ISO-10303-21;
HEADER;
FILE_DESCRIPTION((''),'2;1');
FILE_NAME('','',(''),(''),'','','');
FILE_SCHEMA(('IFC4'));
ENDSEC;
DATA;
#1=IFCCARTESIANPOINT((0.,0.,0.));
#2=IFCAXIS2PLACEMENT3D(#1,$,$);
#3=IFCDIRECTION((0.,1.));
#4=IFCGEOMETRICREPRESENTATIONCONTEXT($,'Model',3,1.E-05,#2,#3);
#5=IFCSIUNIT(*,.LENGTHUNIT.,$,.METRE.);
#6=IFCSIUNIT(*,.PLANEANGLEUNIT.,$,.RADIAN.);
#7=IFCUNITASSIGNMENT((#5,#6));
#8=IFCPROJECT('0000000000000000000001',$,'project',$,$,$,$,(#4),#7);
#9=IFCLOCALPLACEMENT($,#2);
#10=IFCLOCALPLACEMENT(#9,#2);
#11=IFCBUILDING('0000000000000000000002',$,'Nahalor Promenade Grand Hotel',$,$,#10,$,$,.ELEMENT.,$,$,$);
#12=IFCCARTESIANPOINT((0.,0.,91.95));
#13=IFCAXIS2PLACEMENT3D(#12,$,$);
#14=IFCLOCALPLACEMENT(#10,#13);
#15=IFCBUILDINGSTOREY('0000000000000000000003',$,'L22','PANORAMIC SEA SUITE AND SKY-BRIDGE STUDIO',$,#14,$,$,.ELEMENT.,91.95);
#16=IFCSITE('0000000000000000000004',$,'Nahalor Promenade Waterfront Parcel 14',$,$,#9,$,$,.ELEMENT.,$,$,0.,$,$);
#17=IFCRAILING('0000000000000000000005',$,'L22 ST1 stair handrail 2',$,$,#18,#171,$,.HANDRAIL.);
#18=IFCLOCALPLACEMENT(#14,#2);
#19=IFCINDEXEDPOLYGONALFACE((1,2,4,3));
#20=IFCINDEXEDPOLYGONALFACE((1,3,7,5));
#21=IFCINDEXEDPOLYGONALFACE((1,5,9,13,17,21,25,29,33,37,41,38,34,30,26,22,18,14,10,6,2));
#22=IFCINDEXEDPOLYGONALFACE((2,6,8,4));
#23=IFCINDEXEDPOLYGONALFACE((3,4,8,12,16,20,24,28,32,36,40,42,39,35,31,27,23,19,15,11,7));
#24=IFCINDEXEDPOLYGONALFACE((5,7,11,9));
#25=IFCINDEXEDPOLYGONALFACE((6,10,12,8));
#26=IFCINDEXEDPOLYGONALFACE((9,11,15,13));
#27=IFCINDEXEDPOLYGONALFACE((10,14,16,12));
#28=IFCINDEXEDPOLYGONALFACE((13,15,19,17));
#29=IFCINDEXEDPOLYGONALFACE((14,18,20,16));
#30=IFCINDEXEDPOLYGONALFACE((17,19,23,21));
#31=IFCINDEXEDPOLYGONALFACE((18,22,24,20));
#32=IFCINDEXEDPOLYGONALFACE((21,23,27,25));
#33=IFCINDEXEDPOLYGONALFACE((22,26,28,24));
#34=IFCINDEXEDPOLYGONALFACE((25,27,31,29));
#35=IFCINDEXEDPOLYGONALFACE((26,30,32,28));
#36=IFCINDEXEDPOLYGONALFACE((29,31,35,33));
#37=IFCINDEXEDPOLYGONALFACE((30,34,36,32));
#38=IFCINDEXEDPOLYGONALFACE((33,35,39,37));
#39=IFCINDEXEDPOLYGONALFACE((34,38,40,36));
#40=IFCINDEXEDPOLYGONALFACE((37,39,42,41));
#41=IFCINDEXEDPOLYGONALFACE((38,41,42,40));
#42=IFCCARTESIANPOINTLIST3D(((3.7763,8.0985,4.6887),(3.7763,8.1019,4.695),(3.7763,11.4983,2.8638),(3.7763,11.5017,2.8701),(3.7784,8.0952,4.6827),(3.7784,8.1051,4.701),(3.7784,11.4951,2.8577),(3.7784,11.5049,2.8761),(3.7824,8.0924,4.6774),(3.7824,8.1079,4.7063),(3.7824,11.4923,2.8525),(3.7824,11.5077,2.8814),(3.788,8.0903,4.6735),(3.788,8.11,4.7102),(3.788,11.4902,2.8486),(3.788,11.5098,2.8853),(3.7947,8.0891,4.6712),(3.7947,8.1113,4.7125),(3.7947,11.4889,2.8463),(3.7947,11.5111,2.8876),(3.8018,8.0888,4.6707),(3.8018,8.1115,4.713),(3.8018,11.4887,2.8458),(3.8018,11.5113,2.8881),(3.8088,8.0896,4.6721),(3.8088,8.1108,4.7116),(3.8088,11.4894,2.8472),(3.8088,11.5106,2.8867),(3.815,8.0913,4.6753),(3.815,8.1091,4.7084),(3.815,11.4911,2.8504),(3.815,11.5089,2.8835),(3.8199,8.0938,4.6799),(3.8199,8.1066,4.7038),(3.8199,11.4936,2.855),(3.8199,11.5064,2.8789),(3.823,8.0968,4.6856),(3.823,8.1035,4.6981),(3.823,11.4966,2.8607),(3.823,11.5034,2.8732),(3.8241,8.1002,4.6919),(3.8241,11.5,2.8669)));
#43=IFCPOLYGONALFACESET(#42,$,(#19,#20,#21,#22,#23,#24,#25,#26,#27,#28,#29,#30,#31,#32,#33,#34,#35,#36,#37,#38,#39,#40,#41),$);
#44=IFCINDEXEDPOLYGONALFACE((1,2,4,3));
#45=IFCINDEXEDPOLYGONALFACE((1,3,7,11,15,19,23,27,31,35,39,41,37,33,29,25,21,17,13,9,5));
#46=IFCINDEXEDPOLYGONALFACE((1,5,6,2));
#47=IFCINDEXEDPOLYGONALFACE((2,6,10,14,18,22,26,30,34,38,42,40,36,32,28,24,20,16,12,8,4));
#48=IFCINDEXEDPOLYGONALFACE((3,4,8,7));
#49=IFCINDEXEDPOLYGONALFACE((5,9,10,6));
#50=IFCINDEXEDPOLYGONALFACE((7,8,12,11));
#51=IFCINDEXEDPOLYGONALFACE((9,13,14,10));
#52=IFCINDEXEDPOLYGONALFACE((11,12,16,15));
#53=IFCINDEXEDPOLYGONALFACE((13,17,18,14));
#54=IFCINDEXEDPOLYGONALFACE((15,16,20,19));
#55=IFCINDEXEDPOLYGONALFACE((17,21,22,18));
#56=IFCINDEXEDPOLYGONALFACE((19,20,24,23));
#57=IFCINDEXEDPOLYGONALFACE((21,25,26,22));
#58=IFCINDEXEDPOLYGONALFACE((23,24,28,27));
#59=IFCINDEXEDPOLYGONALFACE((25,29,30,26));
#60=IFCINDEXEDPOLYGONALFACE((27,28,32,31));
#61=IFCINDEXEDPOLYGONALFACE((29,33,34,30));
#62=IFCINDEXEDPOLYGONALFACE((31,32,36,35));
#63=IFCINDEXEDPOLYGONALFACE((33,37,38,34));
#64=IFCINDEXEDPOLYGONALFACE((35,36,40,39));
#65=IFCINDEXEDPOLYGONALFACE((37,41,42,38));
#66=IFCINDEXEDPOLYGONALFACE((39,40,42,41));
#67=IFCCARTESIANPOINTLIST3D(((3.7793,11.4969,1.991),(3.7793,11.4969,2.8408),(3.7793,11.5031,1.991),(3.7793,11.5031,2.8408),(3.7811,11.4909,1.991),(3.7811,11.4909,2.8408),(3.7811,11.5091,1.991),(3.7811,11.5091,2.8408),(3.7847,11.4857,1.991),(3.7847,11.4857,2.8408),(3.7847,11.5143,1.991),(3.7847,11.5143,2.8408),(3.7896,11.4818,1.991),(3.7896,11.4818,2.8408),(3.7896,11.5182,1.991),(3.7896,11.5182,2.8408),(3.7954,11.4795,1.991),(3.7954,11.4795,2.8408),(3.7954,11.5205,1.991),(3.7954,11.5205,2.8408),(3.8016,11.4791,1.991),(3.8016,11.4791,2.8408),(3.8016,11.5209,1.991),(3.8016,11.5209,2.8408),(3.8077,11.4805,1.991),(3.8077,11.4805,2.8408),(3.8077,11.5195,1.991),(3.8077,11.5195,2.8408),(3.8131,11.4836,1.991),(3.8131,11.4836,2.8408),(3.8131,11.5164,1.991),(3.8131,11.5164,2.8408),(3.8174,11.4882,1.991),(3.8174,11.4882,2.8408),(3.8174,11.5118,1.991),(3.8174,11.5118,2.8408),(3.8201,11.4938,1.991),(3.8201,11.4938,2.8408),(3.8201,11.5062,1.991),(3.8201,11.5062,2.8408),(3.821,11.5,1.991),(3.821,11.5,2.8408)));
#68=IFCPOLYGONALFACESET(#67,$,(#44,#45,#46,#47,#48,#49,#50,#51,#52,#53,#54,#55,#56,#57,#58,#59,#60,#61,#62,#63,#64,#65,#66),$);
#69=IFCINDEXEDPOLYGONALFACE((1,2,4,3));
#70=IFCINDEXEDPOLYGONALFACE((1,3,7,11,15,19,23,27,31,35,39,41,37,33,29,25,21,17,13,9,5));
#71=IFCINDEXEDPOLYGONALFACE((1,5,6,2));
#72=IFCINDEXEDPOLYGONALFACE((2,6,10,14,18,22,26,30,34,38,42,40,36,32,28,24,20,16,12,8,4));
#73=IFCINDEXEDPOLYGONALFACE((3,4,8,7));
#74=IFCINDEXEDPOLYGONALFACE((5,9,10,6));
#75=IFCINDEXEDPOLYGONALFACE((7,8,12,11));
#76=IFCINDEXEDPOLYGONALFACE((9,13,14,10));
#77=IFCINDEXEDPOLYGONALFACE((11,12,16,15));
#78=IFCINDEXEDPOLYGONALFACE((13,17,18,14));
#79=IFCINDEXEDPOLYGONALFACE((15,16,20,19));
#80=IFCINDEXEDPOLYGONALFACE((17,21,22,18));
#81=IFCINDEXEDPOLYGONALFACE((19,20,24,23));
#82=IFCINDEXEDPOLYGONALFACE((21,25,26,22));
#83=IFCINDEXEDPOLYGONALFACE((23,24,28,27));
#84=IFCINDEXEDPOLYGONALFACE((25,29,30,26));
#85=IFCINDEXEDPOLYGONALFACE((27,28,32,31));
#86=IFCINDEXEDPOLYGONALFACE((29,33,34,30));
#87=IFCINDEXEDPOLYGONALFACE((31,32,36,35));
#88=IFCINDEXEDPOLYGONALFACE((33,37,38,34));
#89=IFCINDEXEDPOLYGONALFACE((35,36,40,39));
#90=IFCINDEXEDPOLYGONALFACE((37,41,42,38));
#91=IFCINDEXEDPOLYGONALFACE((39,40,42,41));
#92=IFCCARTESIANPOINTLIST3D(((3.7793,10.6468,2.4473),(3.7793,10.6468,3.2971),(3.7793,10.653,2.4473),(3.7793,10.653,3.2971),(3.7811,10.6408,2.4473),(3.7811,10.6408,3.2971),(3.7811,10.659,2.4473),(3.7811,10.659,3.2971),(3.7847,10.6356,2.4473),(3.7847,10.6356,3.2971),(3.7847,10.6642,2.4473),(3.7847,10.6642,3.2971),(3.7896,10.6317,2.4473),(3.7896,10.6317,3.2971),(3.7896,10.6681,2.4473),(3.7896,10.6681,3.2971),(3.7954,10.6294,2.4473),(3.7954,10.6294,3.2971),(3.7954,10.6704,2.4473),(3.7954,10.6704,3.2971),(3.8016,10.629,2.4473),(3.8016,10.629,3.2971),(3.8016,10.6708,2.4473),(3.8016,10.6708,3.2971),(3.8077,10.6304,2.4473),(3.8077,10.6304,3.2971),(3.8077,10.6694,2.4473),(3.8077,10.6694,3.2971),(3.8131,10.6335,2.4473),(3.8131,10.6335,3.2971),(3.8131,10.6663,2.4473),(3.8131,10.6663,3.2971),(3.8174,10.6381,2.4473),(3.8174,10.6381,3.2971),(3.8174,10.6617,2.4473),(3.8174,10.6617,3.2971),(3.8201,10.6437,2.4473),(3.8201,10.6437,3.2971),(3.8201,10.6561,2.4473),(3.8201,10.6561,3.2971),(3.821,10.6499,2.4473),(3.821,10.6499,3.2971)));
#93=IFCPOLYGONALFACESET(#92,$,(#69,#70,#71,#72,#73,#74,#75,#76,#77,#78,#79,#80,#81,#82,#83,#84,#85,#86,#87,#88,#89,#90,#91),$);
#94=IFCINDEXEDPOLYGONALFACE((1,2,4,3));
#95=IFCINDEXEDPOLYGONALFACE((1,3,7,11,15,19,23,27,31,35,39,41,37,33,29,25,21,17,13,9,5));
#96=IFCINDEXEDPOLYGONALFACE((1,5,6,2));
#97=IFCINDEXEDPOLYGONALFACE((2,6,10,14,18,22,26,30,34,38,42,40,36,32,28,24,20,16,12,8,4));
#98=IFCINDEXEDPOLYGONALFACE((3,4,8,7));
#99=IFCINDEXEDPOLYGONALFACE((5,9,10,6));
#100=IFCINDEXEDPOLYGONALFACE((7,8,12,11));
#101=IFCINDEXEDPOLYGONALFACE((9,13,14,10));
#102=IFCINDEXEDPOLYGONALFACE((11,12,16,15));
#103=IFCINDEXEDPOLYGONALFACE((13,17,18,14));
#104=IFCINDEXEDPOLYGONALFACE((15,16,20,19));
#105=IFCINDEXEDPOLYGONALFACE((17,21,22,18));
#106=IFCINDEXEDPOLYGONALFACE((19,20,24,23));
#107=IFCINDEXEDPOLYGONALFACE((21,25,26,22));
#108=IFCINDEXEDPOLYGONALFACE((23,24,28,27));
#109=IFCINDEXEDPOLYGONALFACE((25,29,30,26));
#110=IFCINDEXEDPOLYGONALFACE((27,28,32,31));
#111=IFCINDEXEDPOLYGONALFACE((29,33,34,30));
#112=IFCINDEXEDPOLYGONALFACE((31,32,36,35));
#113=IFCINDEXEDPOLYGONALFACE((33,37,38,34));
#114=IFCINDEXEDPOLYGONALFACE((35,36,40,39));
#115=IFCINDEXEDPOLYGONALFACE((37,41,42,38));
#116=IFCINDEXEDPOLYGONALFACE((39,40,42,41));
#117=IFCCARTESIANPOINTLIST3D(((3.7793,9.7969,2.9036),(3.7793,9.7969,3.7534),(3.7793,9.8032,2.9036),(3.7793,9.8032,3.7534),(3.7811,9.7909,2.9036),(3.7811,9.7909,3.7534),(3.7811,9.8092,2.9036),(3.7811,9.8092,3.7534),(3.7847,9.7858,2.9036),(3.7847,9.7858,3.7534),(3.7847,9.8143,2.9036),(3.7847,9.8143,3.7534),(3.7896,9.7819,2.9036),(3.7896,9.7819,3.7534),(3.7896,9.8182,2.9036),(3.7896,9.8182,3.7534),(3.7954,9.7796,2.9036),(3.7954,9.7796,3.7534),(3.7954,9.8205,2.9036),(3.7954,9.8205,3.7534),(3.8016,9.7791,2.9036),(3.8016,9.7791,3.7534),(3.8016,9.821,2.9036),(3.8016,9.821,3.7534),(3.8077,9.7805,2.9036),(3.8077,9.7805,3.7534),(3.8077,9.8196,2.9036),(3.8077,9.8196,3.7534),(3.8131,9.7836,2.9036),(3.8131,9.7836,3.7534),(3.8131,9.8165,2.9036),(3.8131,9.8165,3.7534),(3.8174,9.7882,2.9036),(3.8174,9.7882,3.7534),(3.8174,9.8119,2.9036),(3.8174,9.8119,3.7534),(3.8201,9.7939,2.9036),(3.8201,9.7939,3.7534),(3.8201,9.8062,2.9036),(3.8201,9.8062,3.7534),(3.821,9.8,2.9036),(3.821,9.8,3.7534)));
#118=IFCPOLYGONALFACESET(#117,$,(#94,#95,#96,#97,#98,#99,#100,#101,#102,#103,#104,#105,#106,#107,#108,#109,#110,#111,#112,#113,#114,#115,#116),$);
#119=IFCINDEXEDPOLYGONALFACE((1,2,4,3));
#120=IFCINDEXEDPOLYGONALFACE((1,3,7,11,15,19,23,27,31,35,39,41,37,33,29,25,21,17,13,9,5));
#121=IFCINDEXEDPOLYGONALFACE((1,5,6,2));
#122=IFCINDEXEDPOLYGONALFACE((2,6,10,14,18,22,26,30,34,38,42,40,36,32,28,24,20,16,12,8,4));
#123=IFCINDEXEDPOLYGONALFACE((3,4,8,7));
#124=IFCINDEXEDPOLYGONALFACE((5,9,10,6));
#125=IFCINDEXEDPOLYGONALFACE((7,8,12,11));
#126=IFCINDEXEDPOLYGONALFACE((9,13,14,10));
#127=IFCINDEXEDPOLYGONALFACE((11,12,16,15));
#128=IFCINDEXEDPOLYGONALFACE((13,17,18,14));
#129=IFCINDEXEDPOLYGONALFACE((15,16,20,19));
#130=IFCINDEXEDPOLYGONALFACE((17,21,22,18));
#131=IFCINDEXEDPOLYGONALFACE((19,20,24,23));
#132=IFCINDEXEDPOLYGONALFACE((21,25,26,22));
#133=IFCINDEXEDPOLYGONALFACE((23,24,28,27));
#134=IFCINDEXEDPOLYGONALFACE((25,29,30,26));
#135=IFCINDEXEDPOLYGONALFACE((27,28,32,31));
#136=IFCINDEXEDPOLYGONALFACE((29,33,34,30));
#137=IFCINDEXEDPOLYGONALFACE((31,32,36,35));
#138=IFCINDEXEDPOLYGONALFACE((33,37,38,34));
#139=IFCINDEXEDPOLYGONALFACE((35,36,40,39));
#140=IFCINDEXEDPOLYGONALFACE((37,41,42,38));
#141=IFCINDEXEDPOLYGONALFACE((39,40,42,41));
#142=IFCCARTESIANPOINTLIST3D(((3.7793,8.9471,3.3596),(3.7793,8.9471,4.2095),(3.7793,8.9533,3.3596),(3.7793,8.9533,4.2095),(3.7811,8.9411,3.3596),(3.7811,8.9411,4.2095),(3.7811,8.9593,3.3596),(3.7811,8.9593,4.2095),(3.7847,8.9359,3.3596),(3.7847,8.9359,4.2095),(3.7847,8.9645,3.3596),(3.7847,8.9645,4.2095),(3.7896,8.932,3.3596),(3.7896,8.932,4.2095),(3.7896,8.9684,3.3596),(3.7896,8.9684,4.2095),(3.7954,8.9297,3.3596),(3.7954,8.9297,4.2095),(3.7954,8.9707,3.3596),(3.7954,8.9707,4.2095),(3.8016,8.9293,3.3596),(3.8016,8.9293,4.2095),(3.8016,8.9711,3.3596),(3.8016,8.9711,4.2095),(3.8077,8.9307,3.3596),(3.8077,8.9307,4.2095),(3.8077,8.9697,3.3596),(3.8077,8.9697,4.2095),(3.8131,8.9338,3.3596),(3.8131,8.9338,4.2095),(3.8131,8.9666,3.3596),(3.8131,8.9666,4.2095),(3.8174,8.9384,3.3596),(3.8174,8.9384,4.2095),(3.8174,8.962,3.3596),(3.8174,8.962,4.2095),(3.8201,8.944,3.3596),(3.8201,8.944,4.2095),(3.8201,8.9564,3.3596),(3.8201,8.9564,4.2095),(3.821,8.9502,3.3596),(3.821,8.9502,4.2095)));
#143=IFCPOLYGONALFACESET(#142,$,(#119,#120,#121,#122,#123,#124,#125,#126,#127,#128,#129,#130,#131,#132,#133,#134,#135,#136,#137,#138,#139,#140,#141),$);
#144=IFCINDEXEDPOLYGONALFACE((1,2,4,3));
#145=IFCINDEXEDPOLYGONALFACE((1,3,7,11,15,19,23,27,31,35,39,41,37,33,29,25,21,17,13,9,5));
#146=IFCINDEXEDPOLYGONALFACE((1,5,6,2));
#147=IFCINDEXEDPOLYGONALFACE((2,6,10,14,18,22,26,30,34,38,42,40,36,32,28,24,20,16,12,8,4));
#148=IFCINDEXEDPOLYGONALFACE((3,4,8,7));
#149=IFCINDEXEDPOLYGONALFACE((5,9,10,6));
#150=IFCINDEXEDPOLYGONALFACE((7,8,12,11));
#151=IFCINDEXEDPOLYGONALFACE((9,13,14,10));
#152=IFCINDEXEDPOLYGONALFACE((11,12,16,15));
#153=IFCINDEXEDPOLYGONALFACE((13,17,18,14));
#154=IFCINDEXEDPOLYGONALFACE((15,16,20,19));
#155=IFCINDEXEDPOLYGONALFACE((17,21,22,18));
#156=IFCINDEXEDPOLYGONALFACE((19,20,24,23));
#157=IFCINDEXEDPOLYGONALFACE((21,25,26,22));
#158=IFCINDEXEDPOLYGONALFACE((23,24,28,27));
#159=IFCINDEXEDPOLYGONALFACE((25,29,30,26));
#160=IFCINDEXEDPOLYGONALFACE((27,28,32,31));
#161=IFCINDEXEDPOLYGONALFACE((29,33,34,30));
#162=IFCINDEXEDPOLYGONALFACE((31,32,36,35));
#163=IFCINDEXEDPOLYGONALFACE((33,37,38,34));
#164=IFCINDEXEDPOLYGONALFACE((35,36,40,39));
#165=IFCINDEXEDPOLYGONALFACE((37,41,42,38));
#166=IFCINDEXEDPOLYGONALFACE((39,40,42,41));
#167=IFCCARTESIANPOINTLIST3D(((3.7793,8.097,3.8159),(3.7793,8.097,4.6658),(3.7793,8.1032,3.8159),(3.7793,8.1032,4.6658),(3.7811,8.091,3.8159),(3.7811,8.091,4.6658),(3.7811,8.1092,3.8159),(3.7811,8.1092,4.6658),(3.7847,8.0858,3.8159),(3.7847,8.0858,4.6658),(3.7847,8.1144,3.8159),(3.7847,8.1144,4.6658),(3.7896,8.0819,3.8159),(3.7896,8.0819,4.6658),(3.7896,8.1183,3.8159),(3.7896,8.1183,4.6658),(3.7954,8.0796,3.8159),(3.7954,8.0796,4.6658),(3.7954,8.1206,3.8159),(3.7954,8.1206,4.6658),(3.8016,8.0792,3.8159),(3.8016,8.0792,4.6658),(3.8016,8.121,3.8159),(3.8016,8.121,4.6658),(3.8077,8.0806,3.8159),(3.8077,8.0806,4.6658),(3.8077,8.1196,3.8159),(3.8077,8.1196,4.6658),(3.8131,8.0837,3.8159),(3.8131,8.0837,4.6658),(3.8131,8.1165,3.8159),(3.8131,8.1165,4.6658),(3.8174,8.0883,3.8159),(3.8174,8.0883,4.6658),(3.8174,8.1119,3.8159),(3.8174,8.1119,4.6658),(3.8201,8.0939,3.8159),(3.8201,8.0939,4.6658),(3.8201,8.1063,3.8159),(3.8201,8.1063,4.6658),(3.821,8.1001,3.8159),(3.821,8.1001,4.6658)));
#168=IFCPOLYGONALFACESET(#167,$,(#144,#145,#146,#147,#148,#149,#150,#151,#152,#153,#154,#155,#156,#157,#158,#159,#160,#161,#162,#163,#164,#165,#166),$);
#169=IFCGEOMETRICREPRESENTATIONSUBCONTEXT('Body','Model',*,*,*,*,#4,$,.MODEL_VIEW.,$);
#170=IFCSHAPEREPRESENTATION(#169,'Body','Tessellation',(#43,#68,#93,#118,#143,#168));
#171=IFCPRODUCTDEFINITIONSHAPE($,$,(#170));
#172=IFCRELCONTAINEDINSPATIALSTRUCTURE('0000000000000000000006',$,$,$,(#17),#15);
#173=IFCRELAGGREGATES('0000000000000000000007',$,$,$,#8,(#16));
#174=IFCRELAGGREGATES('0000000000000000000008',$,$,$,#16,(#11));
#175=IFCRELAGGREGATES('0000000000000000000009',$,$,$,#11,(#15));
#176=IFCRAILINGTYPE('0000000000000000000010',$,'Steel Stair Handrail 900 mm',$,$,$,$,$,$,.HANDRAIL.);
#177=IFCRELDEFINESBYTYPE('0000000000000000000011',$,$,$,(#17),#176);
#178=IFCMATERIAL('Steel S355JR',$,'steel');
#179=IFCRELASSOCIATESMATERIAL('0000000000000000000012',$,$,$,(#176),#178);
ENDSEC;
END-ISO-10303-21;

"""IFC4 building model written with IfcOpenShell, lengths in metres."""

from ifc_helpers import new_model, si_unit, direction, frame, origin, origin_2d, place, context, subcontext, project, spatial, circle, extrude, material, type_object, element, save


model = new_model("IFC4")

# Units and contexts
model_context = context("Model", 3, precision=1e-05, world=origin(), true_north=direction((0.0, 1.0)))
body_context = subcontext(model_context, "Body", "Model", "MODEL_VIEW")
ifc_project = project(units=[si_unit("LENGTHUNIT", "METRE"), si_unit("PLANEANGLEUNIT", "RADIAN")], contexts=[model_context])

# Site, building, storey
site_placement = place(None, origin())
site = spatial("IfcSite", under=ifc_project, at=site_placement, Name="Nahalor Promenade Waterfront Parcel 14", CompositionType="ELEMENT", RefElevation=0.0)
building_placement = place(site_placement, origin())
building = spatial("IfcBuilding", under=site, at=building_placement, Name="Nahalor Promenade Grand Hotel", CompositionType="ELEMENT")
storey_placement = place(building_placement, frame((0.0, 0.0, 91.95)))
storey = spatial("IfcBuildingStorey", under=building, at=storey_placement, Name="L22", Description="PANORAMIC SEA SUITE AND SKY-BRIDGE STUDIO", CompositionType="ELEMENT", Elevation=91.95)

# Shared definitions
ifc_material_1 = material(Name="Steel S355JR", Category="steel")

# Railing
railing_type_1 = type_object("IfcRailingType", Name="Steel Stair Handrail 900 mm", PredefinedType="HANDRAIL", material=ifc_material_1)
railing_1_placement = place(storey_placement, frame((3.8, 11.5, 1.991)))
element("IfcRailing", 1, at=railing_1_placement, inside=storey, type_object=railing_type_1, Name="L22 ST1 stair handrail 2", PredefinedType="HANDRAIL", context=body_context, shape_type="SweptSolid", body=[
    extrude(circle(Radius=0.024, at=origin_2d()), frame((0.0, 0.0, 0.876), z_axis=(0.0, -0.881094, 0.472941), x_axis=(1.0, 0.0, 0.0)), (0.0, 0.0, 1.0), 3.8586),
    extrude(circle(Radius=0.021, at=origin_2d()), origin(), (0.0, 0.0, 1.0), 0.8499),
    extrude(circle(Radius=0.021, at=origin_2d()), frame((0.0, -0.8501, 0.4563)), (0.0, 0.0, 1.0), 0.8499),
    extrude(circle(Radius=0.021, at=origin_2d()), frame((0.0, -1.7, 0.9126)), (0.0, 0.0, 1.0), 0.8499),
    extrude(circle(Radius=0.021, at=origin_2d()), frame((0.0, -2.5498, 1.3687)), (0.0, 0.0, 1.0), 0.8499),
    extrude(circle(Radius=0.021, at=origin_2d()), frame((0.0, -3.3999, 1.825)), (0.0, 0.0, 1.0), 0.8499),
])

save(model, "model.ifc")
